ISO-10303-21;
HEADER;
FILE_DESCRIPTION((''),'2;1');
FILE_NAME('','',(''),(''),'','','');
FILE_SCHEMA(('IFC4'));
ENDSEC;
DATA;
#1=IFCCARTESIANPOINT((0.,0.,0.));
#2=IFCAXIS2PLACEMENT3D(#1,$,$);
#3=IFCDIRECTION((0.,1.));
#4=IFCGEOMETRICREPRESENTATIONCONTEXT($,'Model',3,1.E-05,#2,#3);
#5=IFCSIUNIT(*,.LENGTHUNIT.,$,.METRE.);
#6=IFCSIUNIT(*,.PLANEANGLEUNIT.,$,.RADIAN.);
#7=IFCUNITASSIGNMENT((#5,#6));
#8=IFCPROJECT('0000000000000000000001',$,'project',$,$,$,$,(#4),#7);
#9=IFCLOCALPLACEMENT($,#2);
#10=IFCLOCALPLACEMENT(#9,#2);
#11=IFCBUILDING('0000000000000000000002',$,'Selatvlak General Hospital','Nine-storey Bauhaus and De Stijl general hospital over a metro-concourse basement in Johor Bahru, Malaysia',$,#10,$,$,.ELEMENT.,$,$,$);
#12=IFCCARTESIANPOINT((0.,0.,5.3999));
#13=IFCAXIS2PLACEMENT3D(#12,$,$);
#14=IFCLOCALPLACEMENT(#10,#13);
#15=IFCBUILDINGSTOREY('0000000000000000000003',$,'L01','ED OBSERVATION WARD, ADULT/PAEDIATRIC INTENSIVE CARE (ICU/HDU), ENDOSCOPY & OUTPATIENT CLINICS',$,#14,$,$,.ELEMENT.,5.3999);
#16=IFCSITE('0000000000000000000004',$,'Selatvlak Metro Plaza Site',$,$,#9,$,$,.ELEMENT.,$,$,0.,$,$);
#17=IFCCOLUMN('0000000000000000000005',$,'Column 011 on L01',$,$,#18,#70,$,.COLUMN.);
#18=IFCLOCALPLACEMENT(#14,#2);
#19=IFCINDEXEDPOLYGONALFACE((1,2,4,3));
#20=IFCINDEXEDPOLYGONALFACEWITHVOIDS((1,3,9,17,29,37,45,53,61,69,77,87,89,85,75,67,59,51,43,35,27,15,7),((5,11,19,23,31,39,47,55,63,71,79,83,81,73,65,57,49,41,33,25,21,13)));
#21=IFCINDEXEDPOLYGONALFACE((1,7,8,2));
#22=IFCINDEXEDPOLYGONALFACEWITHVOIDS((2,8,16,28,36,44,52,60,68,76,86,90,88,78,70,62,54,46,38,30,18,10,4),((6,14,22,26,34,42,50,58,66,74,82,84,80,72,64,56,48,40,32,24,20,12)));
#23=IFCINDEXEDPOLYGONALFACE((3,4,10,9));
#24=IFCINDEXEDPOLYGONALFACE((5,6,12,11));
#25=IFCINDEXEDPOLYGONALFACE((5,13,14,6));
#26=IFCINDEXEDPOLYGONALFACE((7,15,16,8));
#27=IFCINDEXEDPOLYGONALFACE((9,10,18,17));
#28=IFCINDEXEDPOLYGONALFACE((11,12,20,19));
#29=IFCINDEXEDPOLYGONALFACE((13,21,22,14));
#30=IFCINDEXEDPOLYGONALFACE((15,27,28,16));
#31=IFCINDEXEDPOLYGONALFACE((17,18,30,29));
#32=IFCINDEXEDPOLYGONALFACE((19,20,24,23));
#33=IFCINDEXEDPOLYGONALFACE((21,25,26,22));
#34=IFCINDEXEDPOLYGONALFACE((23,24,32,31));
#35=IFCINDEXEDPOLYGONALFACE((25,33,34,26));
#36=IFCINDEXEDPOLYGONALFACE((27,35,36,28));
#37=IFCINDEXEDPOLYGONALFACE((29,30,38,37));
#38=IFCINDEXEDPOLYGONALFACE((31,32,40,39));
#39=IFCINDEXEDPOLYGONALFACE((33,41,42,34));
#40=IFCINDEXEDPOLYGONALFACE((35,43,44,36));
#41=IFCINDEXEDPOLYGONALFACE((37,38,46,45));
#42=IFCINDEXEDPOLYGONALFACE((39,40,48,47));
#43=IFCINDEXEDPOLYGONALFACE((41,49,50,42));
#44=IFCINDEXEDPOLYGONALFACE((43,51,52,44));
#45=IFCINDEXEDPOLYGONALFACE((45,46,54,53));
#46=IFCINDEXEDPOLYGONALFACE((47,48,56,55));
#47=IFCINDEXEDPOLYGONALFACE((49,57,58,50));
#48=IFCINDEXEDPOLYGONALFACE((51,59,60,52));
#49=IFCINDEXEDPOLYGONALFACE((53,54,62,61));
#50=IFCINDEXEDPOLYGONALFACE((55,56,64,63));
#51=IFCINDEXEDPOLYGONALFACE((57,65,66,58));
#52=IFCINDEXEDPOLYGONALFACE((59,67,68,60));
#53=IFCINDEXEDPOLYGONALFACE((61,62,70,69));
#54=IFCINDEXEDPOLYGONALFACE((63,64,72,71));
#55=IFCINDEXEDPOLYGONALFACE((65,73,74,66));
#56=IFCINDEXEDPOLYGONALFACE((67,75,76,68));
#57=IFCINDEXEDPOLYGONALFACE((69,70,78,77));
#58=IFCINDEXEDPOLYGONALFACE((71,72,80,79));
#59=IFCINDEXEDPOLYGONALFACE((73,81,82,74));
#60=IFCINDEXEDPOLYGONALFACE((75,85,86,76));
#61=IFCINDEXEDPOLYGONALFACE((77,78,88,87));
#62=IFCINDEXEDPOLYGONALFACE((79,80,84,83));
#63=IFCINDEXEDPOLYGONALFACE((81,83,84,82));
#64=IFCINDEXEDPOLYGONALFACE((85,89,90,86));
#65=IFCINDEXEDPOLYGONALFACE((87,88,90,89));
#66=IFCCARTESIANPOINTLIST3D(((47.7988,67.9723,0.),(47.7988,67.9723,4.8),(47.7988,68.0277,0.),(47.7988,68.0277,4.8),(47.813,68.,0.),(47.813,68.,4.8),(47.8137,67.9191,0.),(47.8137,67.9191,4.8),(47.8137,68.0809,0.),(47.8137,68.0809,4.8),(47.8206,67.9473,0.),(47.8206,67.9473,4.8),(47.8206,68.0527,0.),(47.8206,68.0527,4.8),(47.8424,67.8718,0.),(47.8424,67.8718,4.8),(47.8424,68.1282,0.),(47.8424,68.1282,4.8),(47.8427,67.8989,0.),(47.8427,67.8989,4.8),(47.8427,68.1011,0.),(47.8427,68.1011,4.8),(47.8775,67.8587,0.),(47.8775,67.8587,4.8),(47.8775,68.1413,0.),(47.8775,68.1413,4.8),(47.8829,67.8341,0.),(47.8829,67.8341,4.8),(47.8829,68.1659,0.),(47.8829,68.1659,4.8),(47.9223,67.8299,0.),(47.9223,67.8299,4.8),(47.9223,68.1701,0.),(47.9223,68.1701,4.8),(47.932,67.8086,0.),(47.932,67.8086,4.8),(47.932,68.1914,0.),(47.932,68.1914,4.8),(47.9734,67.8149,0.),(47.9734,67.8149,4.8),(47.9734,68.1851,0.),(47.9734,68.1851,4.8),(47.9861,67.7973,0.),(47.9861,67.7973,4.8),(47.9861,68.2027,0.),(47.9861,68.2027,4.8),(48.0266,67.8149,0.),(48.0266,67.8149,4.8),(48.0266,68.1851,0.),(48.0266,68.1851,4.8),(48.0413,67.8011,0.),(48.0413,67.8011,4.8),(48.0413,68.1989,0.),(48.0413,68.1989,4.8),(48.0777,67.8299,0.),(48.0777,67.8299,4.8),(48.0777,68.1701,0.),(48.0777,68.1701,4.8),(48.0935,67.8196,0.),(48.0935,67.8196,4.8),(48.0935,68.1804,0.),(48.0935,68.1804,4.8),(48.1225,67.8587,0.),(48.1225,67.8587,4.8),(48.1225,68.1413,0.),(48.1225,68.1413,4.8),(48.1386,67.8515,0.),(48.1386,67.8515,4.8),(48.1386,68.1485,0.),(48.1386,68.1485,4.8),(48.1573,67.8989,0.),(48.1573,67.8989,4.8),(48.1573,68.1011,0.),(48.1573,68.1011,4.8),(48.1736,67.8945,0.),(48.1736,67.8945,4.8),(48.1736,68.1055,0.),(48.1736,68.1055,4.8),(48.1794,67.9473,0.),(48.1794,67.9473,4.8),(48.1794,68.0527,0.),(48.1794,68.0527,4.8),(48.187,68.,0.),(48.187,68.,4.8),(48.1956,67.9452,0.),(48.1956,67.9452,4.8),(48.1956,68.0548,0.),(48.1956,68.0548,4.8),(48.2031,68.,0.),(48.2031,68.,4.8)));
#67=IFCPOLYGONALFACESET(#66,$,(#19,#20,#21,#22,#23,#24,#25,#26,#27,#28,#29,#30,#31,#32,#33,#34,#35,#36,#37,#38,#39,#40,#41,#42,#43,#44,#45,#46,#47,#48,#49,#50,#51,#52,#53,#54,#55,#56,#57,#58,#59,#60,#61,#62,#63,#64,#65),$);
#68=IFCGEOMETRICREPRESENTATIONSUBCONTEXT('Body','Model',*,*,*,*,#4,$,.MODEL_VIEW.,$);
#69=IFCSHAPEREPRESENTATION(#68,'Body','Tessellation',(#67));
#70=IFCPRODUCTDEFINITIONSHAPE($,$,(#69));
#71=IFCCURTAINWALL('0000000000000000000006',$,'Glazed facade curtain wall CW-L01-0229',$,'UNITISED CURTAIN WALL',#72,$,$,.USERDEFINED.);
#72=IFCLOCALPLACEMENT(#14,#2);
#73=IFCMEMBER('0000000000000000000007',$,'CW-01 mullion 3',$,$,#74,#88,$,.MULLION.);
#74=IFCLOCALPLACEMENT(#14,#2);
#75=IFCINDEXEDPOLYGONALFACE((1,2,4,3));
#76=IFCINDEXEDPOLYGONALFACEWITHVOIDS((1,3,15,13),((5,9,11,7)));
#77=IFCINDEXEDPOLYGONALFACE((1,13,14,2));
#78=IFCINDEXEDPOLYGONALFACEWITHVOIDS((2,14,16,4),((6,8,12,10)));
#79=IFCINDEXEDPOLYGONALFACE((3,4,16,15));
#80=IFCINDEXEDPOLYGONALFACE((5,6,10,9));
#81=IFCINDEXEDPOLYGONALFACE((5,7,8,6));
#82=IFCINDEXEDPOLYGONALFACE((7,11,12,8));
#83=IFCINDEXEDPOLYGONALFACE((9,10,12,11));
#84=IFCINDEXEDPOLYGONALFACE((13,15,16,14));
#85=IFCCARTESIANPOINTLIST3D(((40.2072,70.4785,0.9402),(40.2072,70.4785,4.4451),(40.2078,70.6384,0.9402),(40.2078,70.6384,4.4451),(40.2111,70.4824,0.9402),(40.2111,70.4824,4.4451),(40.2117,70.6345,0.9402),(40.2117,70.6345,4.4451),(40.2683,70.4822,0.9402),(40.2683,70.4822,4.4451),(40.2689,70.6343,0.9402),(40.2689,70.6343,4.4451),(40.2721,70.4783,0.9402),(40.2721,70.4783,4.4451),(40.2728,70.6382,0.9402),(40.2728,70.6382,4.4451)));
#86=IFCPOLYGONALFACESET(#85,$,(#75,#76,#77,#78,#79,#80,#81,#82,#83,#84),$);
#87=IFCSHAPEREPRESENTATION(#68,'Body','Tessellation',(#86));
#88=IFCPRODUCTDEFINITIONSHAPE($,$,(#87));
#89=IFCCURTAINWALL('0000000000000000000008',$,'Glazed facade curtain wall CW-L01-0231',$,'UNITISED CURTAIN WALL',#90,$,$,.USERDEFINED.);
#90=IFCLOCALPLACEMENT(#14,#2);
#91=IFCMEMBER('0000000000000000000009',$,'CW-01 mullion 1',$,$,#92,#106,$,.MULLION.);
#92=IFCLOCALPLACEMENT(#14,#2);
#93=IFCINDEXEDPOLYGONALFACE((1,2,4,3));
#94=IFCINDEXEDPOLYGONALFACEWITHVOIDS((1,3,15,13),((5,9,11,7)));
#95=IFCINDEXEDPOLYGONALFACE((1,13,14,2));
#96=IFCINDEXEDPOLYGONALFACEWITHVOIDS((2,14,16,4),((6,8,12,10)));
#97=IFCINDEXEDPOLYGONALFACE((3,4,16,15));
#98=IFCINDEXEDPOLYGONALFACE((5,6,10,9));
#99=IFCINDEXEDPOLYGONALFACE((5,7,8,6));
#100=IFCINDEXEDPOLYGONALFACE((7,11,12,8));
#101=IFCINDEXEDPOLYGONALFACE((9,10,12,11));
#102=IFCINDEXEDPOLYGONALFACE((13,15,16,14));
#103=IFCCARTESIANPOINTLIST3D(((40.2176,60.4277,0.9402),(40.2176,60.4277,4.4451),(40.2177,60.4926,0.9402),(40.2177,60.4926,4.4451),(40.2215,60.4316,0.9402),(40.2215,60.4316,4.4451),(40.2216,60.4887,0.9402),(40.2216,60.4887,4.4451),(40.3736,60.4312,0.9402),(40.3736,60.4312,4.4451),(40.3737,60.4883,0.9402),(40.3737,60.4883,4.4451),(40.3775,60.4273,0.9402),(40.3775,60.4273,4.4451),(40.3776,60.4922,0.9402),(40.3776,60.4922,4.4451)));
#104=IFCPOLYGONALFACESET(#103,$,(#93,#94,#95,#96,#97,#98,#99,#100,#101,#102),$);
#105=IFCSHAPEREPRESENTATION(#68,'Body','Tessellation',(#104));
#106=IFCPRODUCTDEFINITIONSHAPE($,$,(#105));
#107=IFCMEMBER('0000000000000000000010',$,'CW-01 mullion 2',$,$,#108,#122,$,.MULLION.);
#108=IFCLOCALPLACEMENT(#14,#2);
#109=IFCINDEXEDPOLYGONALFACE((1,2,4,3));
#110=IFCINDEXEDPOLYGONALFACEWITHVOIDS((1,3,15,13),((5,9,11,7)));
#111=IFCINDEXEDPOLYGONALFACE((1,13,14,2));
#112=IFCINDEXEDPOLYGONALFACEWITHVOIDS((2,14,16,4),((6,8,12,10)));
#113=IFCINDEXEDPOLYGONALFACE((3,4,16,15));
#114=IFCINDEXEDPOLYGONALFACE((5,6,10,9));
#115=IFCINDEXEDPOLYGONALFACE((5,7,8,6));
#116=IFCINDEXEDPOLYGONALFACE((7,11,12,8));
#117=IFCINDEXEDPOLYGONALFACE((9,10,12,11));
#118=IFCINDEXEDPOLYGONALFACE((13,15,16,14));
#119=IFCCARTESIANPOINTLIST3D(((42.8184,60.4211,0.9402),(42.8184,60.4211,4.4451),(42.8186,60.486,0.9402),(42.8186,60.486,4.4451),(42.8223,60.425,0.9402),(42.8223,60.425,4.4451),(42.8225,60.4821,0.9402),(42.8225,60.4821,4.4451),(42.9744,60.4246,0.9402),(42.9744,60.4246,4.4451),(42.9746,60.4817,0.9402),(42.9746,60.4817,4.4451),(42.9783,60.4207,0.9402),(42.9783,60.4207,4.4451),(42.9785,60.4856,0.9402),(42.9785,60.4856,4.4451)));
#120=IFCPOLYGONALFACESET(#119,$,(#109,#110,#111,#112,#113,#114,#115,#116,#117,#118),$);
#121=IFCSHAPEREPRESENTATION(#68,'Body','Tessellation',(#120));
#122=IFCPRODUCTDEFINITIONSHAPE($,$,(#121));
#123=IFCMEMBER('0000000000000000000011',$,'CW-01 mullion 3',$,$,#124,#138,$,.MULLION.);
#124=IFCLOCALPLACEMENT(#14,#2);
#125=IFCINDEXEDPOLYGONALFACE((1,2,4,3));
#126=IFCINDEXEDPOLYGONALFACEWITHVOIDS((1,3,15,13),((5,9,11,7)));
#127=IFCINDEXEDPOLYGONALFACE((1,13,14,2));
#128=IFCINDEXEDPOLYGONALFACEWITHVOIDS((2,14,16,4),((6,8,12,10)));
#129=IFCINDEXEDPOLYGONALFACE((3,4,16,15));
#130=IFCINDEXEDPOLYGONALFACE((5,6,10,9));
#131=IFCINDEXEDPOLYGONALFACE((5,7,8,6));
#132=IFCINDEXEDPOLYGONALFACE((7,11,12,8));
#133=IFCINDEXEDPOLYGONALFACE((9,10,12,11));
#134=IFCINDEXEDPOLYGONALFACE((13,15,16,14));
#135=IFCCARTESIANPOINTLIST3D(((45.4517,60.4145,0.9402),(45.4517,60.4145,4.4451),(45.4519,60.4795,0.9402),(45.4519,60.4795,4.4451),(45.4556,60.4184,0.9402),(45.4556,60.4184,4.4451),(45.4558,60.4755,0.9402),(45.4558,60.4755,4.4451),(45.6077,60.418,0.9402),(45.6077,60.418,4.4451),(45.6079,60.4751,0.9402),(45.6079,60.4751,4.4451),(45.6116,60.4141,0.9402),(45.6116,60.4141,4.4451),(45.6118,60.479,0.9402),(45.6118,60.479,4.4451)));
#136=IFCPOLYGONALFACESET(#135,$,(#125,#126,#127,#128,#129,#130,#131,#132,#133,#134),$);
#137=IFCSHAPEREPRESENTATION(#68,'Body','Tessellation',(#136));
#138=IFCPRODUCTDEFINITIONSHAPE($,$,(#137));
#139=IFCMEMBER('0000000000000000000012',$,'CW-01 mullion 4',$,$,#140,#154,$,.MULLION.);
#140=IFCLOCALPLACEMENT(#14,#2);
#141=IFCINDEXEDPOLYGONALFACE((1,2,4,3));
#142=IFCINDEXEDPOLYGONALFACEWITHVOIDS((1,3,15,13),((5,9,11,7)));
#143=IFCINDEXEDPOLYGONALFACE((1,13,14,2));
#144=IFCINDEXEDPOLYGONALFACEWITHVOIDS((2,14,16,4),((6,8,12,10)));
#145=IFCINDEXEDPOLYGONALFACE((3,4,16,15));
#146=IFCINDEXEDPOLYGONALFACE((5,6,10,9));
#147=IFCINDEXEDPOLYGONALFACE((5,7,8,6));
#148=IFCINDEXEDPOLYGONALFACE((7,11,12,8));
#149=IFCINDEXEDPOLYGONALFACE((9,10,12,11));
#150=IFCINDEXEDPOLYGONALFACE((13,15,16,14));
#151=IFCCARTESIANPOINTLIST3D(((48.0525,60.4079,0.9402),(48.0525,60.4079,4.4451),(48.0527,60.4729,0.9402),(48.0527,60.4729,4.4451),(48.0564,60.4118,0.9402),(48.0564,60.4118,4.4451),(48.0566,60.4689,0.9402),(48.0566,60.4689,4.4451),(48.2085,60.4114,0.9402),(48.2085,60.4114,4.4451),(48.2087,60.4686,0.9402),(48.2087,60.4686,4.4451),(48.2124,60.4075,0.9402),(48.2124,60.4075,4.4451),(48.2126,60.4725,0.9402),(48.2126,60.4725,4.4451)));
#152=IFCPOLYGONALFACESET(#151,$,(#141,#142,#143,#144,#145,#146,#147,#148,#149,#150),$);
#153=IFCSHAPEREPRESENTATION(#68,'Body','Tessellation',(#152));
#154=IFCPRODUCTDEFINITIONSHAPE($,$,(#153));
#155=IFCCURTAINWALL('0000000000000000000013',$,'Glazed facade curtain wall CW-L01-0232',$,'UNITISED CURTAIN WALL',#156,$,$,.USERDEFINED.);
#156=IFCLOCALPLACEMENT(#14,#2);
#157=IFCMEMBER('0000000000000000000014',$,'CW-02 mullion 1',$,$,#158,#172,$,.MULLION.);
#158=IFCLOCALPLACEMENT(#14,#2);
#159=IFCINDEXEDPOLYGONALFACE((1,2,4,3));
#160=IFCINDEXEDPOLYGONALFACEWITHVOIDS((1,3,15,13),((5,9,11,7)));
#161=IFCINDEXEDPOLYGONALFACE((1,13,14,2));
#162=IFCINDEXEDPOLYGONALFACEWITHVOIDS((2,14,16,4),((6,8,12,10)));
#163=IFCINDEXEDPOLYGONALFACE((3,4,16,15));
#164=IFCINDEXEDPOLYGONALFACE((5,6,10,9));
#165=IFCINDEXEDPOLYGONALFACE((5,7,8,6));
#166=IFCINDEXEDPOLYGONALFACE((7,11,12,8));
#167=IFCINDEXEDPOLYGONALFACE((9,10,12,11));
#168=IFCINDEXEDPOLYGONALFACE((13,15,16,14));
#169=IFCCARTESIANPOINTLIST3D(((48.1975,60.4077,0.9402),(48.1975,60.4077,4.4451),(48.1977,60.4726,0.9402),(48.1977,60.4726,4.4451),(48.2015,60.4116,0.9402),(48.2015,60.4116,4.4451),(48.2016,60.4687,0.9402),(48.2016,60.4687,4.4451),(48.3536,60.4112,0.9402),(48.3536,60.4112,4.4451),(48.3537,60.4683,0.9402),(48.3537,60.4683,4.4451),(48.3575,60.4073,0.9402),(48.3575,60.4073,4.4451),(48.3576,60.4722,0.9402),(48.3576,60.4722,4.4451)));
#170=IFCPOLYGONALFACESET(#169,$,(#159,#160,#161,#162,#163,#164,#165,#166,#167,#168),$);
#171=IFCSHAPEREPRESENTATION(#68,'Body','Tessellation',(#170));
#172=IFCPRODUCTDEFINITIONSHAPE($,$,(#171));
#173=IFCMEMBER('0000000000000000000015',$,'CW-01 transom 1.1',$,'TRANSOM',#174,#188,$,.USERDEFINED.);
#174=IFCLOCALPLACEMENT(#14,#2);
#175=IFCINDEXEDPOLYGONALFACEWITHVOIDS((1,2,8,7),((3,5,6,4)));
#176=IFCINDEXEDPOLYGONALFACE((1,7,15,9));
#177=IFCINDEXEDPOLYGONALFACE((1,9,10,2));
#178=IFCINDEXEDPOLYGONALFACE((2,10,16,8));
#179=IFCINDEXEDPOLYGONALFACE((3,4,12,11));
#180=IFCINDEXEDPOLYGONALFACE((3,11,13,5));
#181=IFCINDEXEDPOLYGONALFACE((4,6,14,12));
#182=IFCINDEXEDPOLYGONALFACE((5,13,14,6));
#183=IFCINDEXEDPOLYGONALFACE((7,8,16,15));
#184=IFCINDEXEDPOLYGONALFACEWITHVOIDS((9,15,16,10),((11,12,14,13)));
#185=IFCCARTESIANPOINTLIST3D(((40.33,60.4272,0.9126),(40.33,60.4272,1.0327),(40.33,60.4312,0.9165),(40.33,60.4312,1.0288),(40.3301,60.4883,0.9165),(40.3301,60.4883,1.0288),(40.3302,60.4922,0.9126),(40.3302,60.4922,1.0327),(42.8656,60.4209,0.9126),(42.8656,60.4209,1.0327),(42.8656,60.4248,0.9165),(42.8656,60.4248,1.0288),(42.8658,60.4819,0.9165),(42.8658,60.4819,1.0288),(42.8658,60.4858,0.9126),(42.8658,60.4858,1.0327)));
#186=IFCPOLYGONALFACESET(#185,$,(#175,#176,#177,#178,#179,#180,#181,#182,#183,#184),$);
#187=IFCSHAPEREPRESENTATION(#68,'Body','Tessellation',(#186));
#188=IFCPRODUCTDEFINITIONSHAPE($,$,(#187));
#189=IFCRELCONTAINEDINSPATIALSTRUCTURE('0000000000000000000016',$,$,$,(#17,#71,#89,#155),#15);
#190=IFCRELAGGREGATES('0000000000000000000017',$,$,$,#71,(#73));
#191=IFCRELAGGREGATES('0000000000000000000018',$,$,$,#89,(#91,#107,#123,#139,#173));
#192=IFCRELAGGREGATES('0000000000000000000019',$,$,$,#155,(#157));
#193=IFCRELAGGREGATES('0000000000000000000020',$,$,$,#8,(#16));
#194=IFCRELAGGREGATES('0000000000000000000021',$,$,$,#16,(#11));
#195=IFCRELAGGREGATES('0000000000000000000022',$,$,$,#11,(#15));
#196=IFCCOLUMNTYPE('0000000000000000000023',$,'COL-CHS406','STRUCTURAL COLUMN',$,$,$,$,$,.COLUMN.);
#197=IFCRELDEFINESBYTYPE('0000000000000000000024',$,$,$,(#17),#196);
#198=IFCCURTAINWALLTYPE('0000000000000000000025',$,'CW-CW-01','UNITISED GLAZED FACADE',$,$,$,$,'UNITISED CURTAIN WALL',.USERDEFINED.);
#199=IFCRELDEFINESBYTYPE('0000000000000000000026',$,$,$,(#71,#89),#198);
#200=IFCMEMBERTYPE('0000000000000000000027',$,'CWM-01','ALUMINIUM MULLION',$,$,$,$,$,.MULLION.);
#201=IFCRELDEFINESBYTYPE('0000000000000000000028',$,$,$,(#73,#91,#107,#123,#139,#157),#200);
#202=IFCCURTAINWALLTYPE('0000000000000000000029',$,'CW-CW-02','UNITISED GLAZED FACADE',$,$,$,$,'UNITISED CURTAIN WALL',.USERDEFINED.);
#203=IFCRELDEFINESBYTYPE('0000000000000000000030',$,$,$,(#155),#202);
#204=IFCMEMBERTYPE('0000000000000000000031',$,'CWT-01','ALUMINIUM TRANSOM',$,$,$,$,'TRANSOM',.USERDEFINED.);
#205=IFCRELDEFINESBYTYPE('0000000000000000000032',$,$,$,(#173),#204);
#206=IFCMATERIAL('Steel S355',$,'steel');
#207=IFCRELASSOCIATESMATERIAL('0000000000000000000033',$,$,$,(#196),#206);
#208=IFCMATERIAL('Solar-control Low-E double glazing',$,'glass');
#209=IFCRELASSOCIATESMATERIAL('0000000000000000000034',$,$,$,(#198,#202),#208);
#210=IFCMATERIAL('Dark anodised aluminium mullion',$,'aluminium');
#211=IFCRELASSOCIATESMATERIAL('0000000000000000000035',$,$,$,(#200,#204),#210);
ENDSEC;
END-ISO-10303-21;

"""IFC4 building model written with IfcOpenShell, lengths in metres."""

from ifc_helpers import new_model, si_unit, direction, frame, origin, origin_2d, place, context, subcontext, project, spatial, hollow_rectangle, hollow_circle, extrude, material, material_profile, profile_set, type_object, element, aggregate, save


model = new_model("IFC4")

# Units and contexts
model_context = context("Model", 3, precision=1e-05, world=origin(), true_north=direction((0.0, 1.0)))
body_context = subcontext(model_context, "Body", "Model", "MODEL_VIEW")
ifc_project = project(units=[si_unit("LENGTHUNIT", "METRE"), si_unit("PLANEANGLEUNIT", "RADIAN")], contexts=[model_context])

# Site, building, storey
site_placement = place(None, origin())
site = spatial("IfcSite", under=ifc_project, at=site_placement, Name="Selatvlak Metro Plaza Site", CompositionType="ELEMENT", RefElevation=0.0)
building_placement = place(site_placement, origin())
building = spatial("IfcBuilding", under=site, at=building_placement, Name="Selatvlak General Hospital", Description="Nine-storey Bauhaus and De Stijl general hospital over a metro-concourse basement in Johor Bahru, Malaysia", CompositionType="ELEMENT")
storey_placement = place(building_placement, frame((0.0, 0.0, 5.3999)))
storey = spatial("IfcBuildingStorey", under=building, at=storey_placement, Name="L01", Description="ED OBSERVATION WARD, ADULT/PAEDIATRIC INTENSIVE CARE (ICU/HDU), ENDOSCOPY & OUTPATIENT CLINICS", CompositionType="ELEMENT", Elevation=5.3999)

# Column
ifc_material_1 = material(Name="Steel S355", Category="steel")
ifc_material_profile_1 = material_profile(ifc_material_1, hollow_circle(Radius=0.2031, WallThickness=0.0161, at=origin_2d()), Name="CHS 406.4x16")
ifc_profile_set_1 = profile_set([ifc_material_profile_1], Name="Steel S355")
column_type = type_object("IfcColumnType", Name="COL-CHS406", Description="STRUCTURAL COLUMN", PredefinedType="COLUMN", material=ifc_profile_set_1)
column_placement = place(storey_placement, frame((48.0, 68.0, 0.0), z_axis=(0.0, 0.0, 1.0), x_axis=(1.0, 0.0, 0.0)))
element("IfcColumn", 1, at=column_placement, inside=storey, type_object=column_type, Name="Column 011 on L01", PredefinedType="COLUMN", context=body_context, shape_type="SweptSolid", body=[
    extrude(hollow_circle(Radius=0.2031, WallThickness=0.0161, at=origin_2d()), origin(), (0.0, 0.0, 1.0), 4.8),
])

# Curtain wall, member
ifc_material_2 = material(Name="Solar-control Low-E double glazing", Category="glass")
curtain_wall_type_1 = type_object("IfcCurtainWallType", Name="CW-CW-01", Description="UNITISED GLAZED FACADE", ElementType="UNITISED CURTAIN WALL", PredefinedType="USERDEFINED", material=ifc_material_2)
curtain_wall_1_placement = place(storey_placement, origin())
curtain_wall_1 = element("IfcCurtainWall", 2, at=curtain_wall_1_placement, inside=storey, type_object=curtain_wall_type_1, Name="Glazed facade curtain wall CW-L01-0229", ObjectType="UNITISED CURTAIN WALL", PredefinedType="USERDEFINED")
ifc_material_3 = material(Name="Dark anodised aluminium mullion", Category="aluminium")
ifc_material_profile_2 = material_profile(ifc_material_3, hollow_rectangle(XDim=0.0649, YDim=0.1599, WallThickness=0.0039, at=origin_2d()), Name="AL-MUL 65x160x4")
ifc_profile_set_2 = profile_set([ifc_material_profile_2], Name="Dark anodised aluminium mullion")
member_type_1 = type_object("IfcMemberType", Name="CWM-01", Description="ALUMINIUM MULLION", PredefinedType="MULLION", material=ifc_profile_set_2)
member_1_placement = place(storey_placement, frame((40.24, 70.5583, 0.9402), z_axis=(0.0, 0.0, 1.0), x_axis=(0.999992, -0.003979, 0.0)))
member_1 = element("IfcMember", 3, at=member_1_placement, type_object=member_type_1, Name="CW-01 mullion 3", PredefinedType="MULLION", context=body_context, shape_type="SweptSolid", body=[
    extrude(hollow_rectangle(XDim=0.0649, YDim=0.1599, WallThickness=0.0039, at=origin_2d()), origin(), (0.0, 0.0, 1.0), 3.5049),
])
aggregate(curtain_wall_1, [member_1])

# Curtain wall, members
curtain_wall_2_placement = place(storey_placement, origin())
curtain_wall_2 = element("IfcCurtainWall", 4, at=curtain_wall_2_placement, inside=storey, type_object=curtain_wall_type_1, Name="Glazed facade curtain wall CW-L01-0231", ObjectType="UNITISED CURTAIN WALL", PredefinedType="USERDEFINED")
member_2_placement = place(storey_placement, frame((40.2976, 60.46, 0.9402), z_axis=(0.0, 0.0, 1.0), x_axis=(0.002532, 0.999997, 0.0)))
member_2 = element("IfcMember", 5, at=member_2_placement, type_object=member_type_1, Name="CW-01 mullion 1", PredefinedType="MULLION", context=body_context, shape_type="SweptSolid", body=[
    extrude(hollow_rectangle(XDim=0.0649, YDim=0.1599, WallThickness=0.0039, at=origin_2d()), origin(), (0.0, 0.0, 1.0), 3.5049),
])
member_3_placement = place(storey_placement, frame((42.8984, 60.4534, 0.9402), z_axis=(0.0, 0.0, 1.0), x_axis=(0.002532, 0.999997, 0.0)))
member_3 = element("IfcMember", 6, at=member_3_placement, type_object=member_type_1, Name="CW-01 mullion 2", PredefinedType="MULLION", context=body_context, shape_type="SweptSolid", body=[
    extrude(hollow_rectangle(XDim=0.0649, YDim=0.1599, WallThickness=0.0039, at=origin_2d()), origin(), (0.0, 0.0, 1.0), 3.5049),
])
member_4_placement = place(storey_placement, frame((45.5317, 60.4468, 0.9402), z_axis=(0.0, 0.0, 1.0), x_axis=(0.002532, 0.999997, 0.0)))
member_4 = element("IfcMember", 7, at=member_4_placement, type_object=member_type_1, Name="CW-01 mullion 3", PredefinedType="MULLION", context=body_context, shape_type="SweptSolid", body=[
    extrude(hollow_rectangle(XDim=0.0649, YDim=0.1599, WallThickness=0.0039, at=origin_2d()), origin(), (0.0, 0.0, 1.0), 3.5049),
])
member_5_placement = place(storey_placement, frame((48.1326, 60.4402, 0.9402), z_axis=(0.0, 0.0, 1.0), x_axis=(0.002532, 0.999997, 0.0)))
member_5 = element("IfcMember", 8, at=member_5_placement, type_object=member_type_1, Name="CW-01 mullion 4", PredefinedType="MULLION", context=body_context, shape_type="SweptSolid", body=[
    extrude(hollow_rectangle(XDim=0.0649, YDim=0.1599, WallThickness=0.0039, at=origin_2d()), origin(), (0.0, 0.0, 1.0), 3.5049),
])

# Curtain wall, member
curtain_wall_type_2 = type_object("IfcCurtainWallType", Name="CW-CW-02", Description="UNITISED GLAZED FACADE", ElementType="UNITISED CURTAIN WALL", PredefinedType="USERDEFINED", material=ifc_material_2)
curtain_wall_3_placement = place(storey_placement, origin())
curtain_wall_3 = element("IfcCurtainWall", 9, at=curtain_wall_3_placement, inside=storey, type_object=curtain_wall_type_2, Name="Glazed facade curtain wall CW-L01-0232", ObjectType="UNITISED CURTAIN WALL", PredefinedType="USERDEFINED")
member_6_placement = place(storey_placement, frame((48.2776, 60.4399, 0.9402), z_axis=(0.0, 0.0, 1.0), x_axis=(0.002532, 0.999997, 0.0)))
member_6 = element("IfcMember", 10, at=member_6_placement, type_object=member_type_1, Name="CW-02 mullion 1", PredefinedType="MULLION", context=body_context, shape_type="SweptSolid", body=[
    extrude(hollow_rectangle(XDim=0.0649, YDim=0.1599, WallThickness=0.0039, at=origin_2d()), origin(), (0.0, 0.0, 1.0), 3.5049),
])

# Member
ifc_material_profile_3 = material_profile(ifc_material_3, hollow_rectangle(XDim=0.0649, YDim=0.1201, WallThickness=0.0039, at=origin_2d()), Name="AL-TRN 65x120x4")
ifc_profile_set_3 = profile_set([ifc_material_profile_3], Name="Dark anodised aluminium mullion")
member_type_2 = type_object("IfcMemberType", Name="CWT-01", Description="ALUMINIUM TRANSOM", ElementType="TRANSOM", PredefinedType="USERDEFINED", material=ifc_profile_set_3)
member_7_placement = place(storey_placement, frame((40.3301, 60.4597, 0.9727), z_axis=(0.999997, -0.002503, 0.0), x_axis=(0.002503, 0.999997, 0.0)))
member_7 = element("IfcMember", 11, at=member_7_placement, type_object=member_type_2, Name="CW-01 transom 1.1", ObjectType="TRANSOM", PredefinedType="USERDEFINED", context=body_context, shape_type="SweptSolid", body=[
    extrude(hollow_rectangle(XDim=0.0649, YDim=0.1201, WallThickness=0.0039, at=origin_2d()), origin(), (0.0, 0.0, 1.0), 2.5356),
])

aggregate(curtain_wall_2, [member_2, member_3, member_4, member_5, member_7])
aggregate(curtain_wall_3, [member_6])

save(model, "model.ifc")
